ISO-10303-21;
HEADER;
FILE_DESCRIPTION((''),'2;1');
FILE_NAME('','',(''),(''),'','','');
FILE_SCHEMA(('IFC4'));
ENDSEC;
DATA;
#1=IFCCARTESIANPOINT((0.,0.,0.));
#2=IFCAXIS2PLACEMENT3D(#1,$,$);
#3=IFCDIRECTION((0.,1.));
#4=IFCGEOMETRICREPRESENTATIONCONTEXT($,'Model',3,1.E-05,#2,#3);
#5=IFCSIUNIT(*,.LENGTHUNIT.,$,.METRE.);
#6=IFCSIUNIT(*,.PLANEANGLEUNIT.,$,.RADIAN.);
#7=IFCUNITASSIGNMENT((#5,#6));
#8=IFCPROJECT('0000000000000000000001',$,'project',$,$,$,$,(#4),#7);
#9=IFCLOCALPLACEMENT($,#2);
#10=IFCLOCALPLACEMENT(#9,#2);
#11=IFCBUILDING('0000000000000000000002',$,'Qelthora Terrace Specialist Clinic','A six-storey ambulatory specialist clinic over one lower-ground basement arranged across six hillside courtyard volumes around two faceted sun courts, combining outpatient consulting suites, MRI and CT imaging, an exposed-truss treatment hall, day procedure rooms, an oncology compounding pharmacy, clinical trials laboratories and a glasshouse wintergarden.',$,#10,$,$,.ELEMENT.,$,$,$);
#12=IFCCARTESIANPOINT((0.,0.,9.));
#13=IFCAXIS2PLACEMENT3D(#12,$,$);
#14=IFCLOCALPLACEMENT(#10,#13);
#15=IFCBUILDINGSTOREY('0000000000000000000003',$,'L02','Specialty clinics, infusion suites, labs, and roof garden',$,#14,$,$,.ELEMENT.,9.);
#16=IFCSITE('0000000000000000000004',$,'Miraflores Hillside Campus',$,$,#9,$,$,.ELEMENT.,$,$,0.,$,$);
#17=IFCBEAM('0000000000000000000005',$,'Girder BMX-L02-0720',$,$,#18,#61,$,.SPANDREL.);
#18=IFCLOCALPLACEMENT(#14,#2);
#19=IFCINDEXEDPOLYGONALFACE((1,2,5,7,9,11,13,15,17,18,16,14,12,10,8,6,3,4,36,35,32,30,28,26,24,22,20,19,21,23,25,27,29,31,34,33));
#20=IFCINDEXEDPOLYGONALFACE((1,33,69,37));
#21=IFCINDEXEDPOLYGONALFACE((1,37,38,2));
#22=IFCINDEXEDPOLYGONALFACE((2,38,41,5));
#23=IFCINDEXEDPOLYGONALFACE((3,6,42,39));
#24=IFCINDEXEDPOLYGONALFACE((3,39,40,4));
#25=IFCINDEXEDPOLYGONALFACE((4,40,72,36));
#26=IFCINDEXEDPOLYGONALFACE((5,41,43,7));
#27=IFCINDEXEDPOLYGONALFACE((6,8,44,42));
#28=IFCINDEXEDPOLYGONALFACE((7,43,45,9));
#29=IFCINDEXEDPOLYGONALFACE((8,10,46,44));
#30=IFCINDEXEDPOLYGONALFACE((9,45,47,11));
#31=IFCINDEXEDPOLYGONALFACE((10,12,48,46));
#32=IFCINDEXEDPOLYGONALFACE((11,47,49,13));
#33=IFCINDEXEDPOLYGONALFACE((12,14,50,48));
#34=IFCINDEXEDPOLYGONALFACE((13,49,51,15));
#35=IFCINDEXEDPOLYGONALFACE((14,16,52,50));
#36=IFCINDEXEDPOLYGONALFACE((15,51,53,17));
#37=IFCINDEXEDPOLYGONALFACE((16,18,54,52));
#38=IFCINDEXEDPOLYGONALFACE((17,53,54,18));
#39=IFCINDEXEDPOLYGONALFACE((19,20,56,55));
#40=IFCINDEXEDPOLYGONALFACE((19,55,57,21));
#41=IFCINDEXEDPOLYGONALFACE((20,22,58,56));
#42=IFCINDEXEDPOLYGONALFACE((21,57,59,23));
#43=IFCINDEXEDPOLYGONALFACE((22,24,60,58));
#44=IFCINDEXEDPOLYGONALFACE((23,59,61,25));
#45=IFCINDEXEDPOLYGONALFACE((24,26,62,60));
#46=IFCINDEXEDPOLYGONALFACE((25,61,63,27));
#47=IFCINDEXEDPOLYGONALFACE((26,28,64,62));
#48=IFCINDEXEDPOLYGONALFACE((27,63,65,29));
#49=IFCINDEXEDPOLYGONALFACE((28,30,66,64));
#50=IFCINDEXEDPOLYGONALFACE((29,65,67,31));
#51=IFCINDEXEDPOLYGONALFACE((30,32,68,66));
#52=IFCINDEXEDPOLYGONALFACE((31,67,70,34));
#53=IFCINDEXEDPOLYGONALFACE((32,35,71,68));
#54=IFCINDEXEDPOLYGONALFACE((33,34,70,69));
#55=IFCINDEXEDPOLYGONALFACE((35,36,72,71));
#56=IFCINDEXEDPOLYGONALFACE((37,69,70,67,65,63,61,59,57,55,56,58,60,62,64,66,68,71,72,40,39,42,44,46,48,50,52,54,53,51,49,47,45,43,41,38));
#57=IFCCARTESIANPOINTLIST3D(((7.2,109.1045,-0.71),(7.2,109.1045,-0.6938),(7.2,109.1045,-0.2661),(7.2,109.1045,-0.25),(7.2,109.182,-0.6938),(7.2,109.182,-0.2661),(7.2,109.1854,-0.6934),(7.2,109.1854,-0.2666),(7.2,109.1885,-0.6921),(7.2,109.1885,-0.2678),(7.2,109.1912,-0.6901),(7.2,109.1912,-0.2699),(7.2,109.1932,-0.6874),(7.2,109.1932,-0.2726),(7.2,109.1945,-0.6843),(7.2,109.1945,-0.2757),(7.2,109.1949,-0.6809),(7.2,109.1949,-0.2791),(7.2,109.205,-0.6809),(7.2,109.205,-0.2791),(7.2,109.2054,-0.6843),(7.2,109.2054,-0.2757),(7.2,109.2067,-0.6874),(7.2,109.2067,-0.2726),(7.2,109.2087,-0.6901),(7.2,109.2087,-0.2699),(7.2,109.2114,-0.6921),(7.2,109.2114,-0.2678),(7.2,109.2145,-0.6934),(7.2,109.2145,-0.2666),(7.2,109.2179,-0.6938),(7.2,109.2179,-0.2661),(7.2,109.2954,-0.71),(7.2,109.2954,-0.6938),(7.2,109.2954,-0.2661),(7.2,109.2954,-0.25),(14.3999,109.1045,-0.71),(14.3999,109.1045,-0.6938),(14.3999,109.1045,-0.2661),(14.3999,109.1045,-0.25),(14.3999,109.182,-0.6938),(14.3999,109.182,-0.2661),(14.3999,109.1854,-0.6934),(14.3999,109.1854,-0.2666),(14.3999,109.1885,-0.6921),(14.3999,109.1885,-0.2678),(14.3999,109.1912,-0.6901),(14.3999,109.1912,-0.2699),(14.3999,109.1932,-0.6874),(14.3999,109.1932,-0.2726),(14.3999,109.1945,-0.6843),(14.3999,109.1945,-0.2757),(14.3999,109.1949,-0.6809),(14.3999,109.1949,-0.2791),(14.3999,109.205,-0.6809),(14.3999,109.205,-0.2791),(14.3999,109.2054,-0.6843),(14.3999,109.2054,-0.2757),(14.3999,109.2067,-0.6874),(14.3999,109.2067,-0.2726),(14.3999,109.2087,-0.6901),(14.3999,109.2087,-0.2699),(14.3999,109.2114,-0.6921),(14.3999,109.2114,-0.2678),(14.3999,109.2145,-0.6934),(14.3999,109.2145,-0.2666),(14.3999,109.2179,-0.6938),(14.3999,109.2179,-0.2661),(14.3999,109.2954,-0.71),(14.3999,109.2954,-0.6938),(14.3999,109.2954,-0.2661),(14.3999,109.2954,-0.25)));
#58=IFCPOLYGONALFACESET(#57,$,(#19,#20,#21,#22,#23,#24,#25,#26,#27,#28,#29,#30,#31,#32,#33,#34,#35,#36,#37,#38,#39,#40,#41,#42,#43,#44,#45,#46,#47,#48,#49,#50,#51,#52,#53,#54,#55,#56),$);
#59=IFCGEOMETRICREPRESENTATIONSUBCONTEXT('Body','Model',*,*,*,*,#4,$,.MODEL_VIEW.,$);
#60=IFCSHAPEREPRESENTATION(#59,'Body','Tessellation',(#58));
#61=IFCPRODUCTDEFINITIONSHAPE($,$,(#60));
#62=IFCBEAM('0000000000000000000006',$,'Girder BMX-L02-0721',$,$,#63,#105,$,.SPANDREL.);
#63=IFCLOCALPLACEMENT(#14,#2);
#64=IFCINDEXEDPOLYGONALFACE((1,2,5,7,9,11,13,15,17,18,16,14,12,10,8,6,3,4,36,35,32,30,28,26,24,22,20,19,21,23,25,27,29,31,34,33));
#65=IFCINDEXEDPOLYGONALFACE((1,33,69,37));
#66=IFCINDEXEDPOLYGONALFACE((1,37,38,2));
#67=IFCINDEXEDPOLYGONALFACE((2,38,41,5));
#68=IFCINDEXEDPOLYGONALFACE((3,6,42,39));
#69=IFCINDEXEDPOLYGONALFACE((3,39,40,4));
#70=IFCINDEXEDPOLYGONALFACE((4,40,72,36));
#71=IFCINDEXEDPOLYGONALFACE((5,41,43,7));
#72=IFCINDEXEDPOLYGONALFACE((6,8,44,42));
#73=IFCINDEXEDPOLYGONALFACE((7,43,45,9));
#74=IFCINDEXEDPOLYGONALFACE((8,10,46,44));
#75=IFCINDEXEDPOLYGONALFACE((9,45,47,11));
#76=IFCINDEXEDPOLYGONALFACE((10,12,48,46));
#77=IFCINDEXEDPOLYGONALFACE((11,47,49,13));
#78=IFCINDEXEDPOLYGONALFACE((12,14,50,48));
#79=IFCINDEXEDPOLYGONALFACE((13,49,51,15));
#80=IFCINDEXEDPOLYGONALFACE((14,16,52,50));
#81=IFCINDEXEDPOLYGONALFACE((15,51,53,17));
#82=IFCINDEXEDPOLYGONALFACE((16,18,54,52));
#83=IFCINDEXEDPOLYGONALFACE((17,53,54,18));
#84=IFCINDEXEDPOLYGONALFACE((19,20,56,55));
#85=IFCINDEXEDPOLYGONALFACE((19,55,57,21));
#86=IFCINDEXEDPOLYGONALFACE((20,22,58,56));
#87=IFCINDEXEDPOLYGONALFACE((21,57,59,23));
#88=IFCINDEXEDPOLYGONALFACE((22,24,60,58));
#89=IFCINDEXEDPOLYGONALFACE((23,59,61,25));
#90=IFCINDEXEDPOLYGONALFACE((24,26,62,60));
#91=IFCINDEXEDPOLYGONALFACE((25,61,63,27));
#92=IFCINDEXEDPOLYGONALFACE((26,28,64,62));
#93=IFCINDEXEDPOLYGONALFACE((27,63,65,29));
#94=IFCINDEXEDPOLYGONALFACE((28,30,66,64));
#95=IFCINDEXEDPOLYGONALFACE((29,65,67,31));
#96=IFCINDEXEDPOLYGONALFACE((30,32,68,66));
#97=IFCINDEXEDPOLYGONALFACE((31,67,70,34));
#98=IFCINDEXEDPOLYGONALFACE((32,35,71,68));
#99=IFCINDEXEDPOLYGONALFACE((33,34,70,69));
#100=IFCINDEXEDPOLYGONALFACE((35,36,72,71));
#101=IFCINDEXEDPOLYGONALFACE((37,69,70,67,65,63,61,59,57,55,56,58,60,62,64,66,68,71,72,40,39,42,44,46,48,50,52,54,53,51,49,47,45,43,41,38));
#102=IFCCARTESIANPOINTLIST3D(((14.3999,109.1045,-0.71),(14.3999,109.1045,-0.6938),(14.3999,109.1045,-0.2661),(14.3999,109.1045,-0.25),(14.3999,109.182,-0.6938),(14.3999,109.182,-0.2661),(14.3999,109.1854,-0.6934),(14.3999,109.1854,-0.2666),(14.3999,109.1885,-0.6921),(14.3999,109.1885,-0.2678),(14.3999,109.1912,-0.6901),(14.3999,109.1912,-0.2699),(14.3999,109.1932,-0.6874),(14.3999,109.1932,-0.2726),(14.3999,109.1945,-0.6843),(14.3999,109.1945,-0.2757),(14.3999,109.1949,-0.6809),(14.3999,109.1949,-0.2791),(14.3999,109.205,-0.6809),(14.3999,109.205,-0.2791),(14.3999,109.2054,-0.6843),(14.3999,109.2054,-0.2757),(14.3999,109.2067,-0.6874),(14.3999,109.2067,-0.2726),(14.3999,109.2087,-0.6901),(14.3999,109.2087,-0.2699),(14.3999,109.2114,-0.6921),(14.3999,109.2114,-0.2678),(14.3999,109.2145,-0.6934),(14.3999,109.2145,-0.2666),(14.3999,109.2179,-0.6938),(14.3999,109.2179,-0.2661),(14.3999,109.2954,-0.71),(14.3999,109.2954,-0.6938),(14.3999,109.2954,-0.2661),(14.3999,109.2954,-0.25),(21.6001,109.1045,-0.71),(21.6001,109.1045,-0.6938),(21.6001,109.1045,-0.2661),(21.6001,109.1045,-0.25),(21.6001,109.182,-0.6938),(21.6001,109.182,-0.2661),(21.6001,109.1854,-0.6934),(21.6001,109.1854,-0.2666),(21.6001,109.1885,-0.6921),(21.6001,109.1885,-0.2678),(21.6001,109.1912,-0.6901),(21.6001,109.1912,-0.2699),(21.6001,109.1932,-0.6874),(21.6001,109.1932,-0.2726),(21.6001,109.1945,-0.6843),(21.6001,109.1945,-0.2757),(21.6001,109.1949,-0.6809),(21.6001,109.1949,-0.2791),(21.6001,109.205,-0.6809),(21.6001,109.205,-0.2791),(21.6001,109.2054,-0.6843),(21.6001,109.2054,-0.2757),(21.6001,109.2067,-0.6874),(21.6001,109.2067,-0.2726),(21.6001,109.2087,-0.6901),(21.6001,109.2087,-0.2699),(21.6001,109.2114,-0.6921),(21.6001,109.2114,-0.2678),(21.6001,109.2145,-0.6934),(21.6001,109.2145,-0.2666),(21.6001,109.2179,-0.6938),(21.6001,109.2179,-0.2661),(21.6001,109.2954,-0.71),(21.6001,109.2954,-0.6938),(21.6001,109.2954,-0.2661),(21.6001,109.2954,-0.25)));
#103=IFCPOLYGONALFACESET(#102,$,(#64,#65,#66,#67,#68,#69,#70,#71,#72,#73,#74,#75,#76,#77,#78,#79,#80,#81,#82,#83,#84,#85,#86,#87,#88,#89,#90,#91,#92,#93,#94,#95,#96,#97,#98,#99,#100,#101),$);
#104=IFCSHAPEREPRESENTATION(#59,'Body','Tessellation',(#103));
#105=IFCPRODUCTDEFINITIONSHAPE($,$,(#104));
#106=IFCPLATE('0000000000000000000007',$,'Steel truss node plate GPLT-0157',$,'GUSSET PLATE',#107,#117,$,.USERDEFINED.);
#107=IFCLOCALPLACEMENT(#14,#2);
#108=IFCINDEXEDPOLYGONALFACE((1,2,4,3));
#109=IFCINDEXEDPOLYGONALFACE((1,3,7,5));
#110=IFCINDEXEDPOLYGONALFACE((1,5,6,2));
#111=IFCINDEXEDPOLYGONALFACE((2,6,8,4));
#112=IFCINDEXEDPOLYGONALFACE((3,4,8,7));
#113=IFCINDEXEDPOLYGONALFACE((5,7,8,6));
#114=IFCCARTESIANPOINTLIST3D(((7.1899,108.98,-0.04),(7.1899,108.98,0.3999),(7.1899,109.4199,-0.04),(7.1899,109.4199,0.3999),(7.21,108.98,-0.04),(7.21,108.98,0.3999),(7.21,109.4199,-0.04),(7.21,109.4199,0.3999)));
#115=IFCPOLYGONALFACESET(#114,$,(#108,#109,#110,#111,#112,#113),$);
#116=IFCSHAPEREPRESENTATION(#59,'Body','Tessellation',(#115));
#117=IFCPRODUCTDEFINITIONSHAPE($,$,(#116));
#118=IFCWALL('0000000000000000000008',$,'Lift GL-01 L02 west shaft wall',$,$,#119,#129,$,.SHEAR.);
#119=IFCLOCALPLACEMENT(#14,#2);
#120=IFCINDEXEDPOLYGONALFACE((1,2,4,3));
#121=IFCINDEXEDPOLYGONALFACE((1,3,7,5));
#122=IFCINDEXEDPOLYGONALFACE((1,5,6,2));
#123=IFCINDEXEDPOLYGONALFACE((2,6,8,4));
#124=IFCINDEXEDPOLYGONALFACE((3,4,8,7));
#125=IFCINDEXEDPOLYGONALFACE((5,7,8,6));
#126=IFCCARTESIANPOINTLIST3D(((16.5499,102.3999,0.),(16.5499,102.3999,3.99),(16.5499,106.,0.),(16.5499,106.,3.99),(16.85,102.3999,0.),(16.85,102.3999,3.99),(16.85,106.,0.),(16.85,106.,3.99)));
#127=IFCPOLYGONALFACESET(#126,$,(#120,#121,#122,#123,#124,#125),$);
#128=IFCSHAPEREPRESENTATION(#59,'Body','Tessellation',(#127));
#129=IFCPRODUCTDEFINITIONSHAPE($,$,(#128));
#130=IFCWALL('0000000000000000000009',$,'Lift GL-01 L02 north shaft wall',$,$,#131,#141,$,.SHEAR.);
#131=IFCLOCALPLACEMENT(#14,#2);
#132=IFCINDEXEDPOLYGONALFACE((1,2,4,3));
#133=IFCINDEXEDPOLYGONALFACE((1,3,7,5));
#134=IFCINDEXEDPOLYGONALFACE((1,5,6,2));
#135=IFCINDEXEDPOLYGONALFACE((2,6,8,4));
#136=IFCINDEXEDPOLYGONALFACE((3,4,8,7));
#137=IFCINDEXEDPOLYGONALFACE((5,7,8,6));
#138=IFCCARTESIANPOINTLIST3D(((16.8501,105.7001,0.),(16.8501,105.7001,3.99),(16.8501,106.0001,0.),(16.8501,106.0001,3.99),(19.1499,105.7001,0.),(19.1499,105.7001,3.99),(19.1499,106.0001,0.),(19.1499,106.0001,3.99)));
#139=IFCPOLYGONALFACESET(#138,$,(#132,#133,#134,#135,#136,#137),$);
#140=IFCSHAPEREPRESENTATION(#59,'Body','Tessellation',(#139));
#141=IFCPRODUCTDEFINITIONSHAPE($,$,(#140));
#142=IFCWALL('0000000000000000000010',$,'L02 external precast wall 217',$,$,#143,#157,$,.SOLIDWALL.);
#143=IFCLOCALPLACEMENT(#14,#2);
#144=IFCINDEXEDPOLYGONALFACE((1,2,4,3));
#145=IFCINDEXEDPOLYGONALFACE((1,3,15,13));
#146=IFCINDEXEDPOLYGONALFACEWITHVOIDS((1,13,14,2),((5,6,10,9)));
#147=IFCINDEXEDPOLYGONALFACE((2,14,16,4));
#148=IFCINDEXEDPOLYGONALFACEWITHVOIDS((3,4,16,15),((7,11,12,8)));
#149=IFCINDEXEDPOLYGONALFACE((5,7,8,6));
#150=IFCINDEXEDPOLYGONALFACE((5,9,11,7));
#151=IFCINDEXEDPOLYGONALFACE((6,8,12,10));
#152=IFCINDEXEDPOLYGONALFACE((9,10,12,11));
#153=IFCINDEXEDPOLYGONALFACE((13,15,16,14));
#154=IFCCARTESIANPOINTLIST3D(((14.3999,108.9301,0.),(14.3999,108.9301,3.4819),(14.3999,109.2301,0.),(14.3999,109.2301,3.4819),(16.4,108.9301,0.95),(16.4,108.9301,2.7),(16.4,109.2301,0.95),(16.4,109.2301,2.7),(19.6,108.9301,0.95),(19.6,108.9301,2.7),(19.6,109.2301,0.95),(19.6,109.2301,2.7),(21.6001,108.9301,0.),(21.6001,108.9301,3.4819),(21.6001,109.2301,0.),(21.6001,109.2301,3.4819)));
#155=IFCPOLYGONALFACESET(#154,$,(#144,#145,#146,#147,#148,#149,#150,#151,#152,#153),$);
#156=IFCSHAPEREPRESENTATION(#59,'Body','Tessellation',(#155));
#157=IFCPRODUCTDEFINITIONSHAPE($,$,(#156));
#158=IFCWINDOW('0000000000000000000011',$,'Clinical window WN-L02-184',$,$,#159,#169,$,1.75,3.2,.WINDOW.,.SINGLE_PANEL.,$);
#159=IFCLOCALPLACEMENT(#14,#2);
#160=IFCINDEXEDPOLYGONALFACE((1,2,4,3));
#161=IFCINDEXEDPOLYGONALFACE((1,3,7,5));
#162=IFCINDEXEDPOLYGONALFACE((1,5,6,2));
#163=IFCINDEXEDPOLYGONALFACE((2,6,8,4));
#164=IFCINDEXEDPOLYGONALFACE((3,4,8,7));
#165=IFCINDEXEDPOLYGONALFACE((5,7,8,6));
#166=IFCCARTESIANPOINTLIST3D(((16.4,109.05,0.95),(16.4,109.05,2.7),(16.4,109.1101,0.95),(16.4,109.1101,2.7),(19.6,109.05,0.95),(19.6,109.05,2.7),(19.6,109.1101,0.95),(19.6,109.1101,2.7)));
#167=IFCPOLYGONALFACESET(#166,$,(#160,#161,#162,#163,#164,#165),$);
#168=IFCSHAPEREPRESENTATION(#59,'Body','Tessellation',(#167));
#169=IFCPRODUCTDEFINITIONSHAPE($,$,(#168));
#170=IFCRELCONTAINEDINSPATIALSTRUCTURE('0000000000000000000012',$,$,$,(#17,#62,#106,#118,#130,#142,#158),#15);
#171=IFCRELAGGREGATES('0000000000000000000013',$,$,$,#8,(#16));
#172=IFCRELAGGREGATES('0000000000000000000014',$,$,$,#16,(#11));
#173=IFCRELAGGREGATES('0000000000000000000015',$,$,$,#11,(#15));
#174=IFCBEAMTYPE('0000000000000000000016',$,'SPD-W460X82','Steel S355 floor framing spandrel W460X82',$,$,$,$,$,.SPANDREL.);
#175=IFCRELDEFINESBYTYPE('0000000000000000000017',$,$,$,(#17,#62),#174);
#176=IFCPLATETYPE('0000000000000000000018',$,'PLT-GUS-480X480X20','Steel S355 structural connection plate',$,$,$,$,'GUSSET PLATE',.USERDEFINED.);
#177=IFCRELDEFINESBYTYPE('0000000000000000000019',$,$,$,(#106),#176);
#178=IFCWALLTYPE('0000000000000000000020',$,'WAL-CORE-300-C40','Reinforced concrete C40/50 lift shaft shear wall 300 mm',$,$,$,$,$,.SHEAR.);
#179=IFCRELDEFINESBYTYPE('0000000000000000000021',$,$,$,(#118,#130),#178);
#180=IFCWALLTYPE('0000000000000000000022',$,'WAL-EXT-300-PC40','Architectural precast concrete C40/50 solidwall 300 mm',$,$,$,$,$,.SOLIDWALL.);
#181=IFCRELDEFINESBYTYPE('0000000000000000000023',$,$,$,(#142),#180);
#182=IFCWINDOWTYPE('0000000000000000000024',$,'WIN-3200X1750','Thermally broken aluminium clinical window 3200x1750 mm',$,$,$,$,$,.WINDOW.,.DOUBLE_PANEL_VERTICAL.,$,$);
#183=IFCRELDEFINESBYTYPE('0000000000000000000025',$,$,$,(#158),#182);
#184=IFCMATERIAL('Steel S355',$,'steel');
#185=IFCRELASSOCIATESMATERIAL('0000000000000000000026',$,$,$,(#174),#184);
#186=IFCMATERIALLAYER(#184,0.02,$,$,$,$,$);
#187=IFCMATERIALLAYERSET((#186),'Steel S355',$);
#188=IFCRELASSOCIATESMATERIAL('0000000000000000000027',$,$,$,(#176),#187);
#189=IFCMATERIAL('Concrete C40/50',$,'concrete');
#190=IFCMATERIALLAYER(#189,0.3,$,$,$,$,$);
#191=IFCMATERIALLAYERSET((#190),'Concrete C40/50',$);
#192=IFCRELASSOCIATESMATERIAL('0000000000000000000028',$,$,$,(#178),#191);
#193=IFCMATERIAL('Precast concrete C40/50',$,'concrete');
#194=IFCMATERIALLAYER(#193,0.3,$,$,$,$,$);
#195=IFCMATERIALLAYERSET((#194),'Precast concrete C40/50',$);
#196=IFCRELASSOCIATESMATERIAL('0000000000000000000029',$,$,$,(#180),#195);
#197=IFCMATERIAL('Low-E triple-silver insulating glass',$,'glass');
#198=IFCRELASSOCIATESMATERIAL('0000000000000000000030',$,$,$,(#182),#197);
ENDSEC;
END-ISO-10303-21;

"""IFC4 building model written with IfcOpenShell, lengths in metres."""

from ifc_helpers import new_model, si_unit, direction, frame, frame_2d, origin, origin_2d, place, context, subcontext, project, spatial, rectangle, i_section, extrude, material, layer, layer_set, material_profile, profile_set, type_object, element, fill, save


model = new_model("IFC4")

# Units and contexts
model_context = context("Model", 3, precision=1e-05, world=origin(), true_north=direction((0.0, 1.0)))
body_context = subcontext(model_context, "Body", "Model", "MODEL_VIEW")
ifc_project = project(units=[si_unit("LENGTHUNIT", "METRE"), si_unit("PLANEANGLEUNIT", "RADIAN")], contexts=[model_context])

# Site, building, storey
site_placement = place(None, origin())
site = spatial("IfcSite", under=ifc_project, at=site_placement, Name="Miraflores Hillside Campus", CompositionType="ELEMENT", RefElevation=0.0)
building_placement = place(site_placement, origin())
building = spatial("IfcBuilding", under=site, at=building_placement, Name="Qelthora Terrace Specialist Clinic", Description="A six-storey ambulatory specialist clinic over one lower-ground basement arranged across six hillside courtyard volumes around two faceted sun courts, combining outpatient consulting suites, MRI and CT imaging, an exposed-truss treatment hall, day procedure rooms, an oncology compounding pharmacy, clinical trials laboratories and a glasshouse wintergarden.", CompositionType="ELEMENT")
storey_placement = place(building_placement, frame((0.0, 0.0, 9.0)))
storey = spatial("IfcBuildingStorey", under=building, at=storey_placement, Name="L02", Description="Specialty clinics, infusion suites, labs, and roof garden", CompositionType="ELEMENT", Elevation=9.0)

# Shared definitions
ifc_material_1 = material(Name="Steel S355", Category="steel")

# Beams
ifc_material_profile_1 = material_profile(ifc_material_1, i_section(OverallWidth=0.1909, OverallDepth=0.46, WebThickness=0.01, FlangeThickness=0.0161, FilletRadius=0.0129, at=origin_2d()), Name="W460X82")
ifc_profile_set_1 = profile_set([ifc_material_profile_1], Name="Steel S355")
beam_type_1 = type_object("IfcBeamType", Name="SPD-W460X82", Description="Steel S355 floor framing spandrel W460X82", PredefinedType="SPANDREL", material=ifc_profile_set_1)
beam_1_placement = place(storey_placement, frame((7.2, 109.2, -0.48), z_axis=(1.0, 0.0, 0.0), x_axis=(0.0, 1.0, 0.0)))
element("IfcBeam", 1, at=beam_1_placement, inside=storey, type_object=beam_type_1, Name="Girder BMX-L02-0720", PredefinedType="SPANDREL", context=body_context, shape_type="SweptSolid", body=[
    extrude(i_section(OverallWidth=0.1909, OverallDepth=0.46, WebThickness=0.01, FlangeThickness=0.0161, FilletRadius=0.0129, at=origin_2d()), origin(), (0.0, 0.0, 1.0), 7.2),
])
beam_2_placement = place(storey_placement, frame((14.3999, 109.2, -0.48), z_axis=(1.0, 0.0, 0.0), x_axis=(0.0, 1.0, 0.0)))
element("IfcBeam", 2, at=beam_2_placement, inside=storey, type_object=beam_type_1, Name="Girder BMX-L02-0721", PredefinedType="SPANDREL", context=body_context, shape_type="SweptSolid", body=[
    extrude(i_section(OverallWidth=0.1909, OverallDepth=0.46, WebThickness=0.01, FlangeThickness=0.0161, FilletRadius=0.0129, at=origin_2d()), origin(), (0.0, 0.0, 1.0), 7.2002),
])

# Plate
ifc_layer_1 = layer(ifc_material_1, 0.02)
ifc_layer_set_1 = layer_set([ifc_layer_1], Name="Steel S355")
plate_type = type_object("IfcPlateType", Name="PLT-GUS-480X480X20", Description="Steel S355 structural connection plate", ElementType="GUSSET PLATE", PredefinedType="USERDEFINED", material=ifc_layer_set_1)
plate_placement = place(storey_placement, frame((7.2, 109.2, -0.04), z_axis=(0.0, 0.0, 1.0), x_axis=(1.0, 0.0, 0.0)))
element("IfcPlate", 3, at=plate_placement, inside=storey, type_object=plate_type, Name="Steel truss node plate GPLT-0157", ObjectType="GUSSET PLATE", PredefinedType="USERDEFINED", context=body_context, shape_type="SweptSolid", body=[
    extrude(rectangle(XDim=0.02, YDim=0.4399, at=origin_2d()), origin(), (0.0, 0.0, 1.0), 0.4399),
])

# Walls
ifc_material_2 = material(Name="Concrete C40/50", Category="concrete")
ifc_layer_2 = layer(ifc_material_2, 0.3)
ifc_layer_set_2 = layer_set([ifc_layer_2], Name="Concrete C40/50")
wall_type_1 = type_object("IfcWallType", Name="WAL-CORE-300-C40", Description="Reinforced concrete C40/50 lift shaft shear wall 300 mm", PredefinedType="SHEAR", material=ifc_layer_set_2)
wall_1_placement = place(storey_placement, frame((16.7, 102.3999, 0.0), z_axis=(0.0, 0.0, 1.0), x_axis=(0.0, 1.0, 0.0)))
element("IfcWall", 4, at=wall_1_placement, inside=storey, type_object=wall_type_1, Name="Lift GL-01 L02 west shaft wall", PredefinedType="SHEAR", context=body_context, shape_type="SweptSolid", body=[
    extrude(rectangle(XDim=3.6001, YDim=0.3, at=frame_2d((1.8, 0.0))), origin(), (0.0, 0.0, 1.0), 3.99),
])
wall_2_placement = place(storey_placement, frame((16.8501, 105.8501, 0.0), z_axis=(0.0, 0.0, 1.0), x_axis=(1.0, 0.0, 0.0)))
element("IfcWall", 5, at=wall_2_placement, inside=storey, type_object=wall_type_1, Name="Lift GL-01 L02 north shaft wall", PredefinedType="SHEAR", context=body_context, shape_type="SweptSolid", body=[
    extrude(rectangle(XDim=2.2998, YDim=0.3, at=frame_2d((1.1499, 0.0))), origin(), (0.0, 0.0, 1.0), 3.99),
])

# Wall, opening, window
ifc_material_3 = material(Name="Precast concrete C40/50", Category="concrete")
ifc_layer_3 = layer(ifc_material_3, 0.3)
ifc_layer_set_3 = layer_set([ifc_layer_3], Name="Precast concrete C40/50")
wall_type_2 = type_object("IfcWallType", Name="WAL-EXT-300-PC40", Description="Architectural precast concrete C40/50 solidwall 300 mm", PredefinedType="SOLIDWALL", material=ifc_layer_set_3)
wall_3_placement = place(storey_placement, frame((14.3999, 109.0801, 0.0), z_axis=(0.0, 0.0, 1.0), x_axis=(1.0, 0.0, 0.0)))
wall_3 = element("IfcWall", 6, at=wall_3_placement, inside=storey, type_object=wall_type_2, Name="L02 external precast wall 217", PredefinedType="SOLIDWALL", context=body_context, shape_type="SweptSolid", body=[
    extrude(rectangle(XDim=7.2002, YDim=0.3, at=frame_2d((3.6001, 0.0))), origin(), (0.0, 0.0, 1.0), 3.4819),
])
opening_1_placement = place(wall_3_placement, frame((2.0, 0.0, 0.95)))
opening_1 = element("IfcOpeningElement", 7, at=opening_1_placement, cuts=wall_3, PredefinedType="OPENING", context=body_context, shape_type="SweptSolid", body=[
    extrude(rectangle(XDim=3.2, YDim=1.75, at=frame_2d((1.6001, 0.875))), frame((0.0, 0.1599, 0.0), z_axis=(0.0, -1.0, 0.0), x_axis=(1.0, 0.0, 0.0)), (0.0, 0.0, 1.0), 0.3201),
])
ifc_material_4 = material(Name="Low-E triple-silver insulating glass", Category="glass")
window_type = type_object("IfcWindowType", Name="WIN-3200X1750", Description="Thermally broken aluminium clinical window 3200x1750 mm", PartitioningType="DOUBLE_PANEL_VERTICAL", PredefinedType="WINDOW", material=ifc_material_4)
window_placement = place(opening_1_placement, origin())
window = element("IfcWindow", 8, at=window_placement, inside=storey, type_object=window_type, Name="Clinical window WN-L02-184", OverallHeight=1.75, OverallWidth=3.2, PartitioningType="SINGLE_PANEL", PredefinedType="WINDOW", context=body_context, shape_type="SweptSolid", body=[
    extrude(rectangle(XDim=3.2, YDim=1.75, at=frame_2d((1.6001, 0.875))), frame((0.0, 0.03, 0.0), z_axis=(0.0, -1.0, 0.0), x_axis=(1.0, 0.0, 0.0)), (0.0, 0.0, 1.0), 0.0601),
])
fill(opening_1, window)

save(model, "model.ifc")
